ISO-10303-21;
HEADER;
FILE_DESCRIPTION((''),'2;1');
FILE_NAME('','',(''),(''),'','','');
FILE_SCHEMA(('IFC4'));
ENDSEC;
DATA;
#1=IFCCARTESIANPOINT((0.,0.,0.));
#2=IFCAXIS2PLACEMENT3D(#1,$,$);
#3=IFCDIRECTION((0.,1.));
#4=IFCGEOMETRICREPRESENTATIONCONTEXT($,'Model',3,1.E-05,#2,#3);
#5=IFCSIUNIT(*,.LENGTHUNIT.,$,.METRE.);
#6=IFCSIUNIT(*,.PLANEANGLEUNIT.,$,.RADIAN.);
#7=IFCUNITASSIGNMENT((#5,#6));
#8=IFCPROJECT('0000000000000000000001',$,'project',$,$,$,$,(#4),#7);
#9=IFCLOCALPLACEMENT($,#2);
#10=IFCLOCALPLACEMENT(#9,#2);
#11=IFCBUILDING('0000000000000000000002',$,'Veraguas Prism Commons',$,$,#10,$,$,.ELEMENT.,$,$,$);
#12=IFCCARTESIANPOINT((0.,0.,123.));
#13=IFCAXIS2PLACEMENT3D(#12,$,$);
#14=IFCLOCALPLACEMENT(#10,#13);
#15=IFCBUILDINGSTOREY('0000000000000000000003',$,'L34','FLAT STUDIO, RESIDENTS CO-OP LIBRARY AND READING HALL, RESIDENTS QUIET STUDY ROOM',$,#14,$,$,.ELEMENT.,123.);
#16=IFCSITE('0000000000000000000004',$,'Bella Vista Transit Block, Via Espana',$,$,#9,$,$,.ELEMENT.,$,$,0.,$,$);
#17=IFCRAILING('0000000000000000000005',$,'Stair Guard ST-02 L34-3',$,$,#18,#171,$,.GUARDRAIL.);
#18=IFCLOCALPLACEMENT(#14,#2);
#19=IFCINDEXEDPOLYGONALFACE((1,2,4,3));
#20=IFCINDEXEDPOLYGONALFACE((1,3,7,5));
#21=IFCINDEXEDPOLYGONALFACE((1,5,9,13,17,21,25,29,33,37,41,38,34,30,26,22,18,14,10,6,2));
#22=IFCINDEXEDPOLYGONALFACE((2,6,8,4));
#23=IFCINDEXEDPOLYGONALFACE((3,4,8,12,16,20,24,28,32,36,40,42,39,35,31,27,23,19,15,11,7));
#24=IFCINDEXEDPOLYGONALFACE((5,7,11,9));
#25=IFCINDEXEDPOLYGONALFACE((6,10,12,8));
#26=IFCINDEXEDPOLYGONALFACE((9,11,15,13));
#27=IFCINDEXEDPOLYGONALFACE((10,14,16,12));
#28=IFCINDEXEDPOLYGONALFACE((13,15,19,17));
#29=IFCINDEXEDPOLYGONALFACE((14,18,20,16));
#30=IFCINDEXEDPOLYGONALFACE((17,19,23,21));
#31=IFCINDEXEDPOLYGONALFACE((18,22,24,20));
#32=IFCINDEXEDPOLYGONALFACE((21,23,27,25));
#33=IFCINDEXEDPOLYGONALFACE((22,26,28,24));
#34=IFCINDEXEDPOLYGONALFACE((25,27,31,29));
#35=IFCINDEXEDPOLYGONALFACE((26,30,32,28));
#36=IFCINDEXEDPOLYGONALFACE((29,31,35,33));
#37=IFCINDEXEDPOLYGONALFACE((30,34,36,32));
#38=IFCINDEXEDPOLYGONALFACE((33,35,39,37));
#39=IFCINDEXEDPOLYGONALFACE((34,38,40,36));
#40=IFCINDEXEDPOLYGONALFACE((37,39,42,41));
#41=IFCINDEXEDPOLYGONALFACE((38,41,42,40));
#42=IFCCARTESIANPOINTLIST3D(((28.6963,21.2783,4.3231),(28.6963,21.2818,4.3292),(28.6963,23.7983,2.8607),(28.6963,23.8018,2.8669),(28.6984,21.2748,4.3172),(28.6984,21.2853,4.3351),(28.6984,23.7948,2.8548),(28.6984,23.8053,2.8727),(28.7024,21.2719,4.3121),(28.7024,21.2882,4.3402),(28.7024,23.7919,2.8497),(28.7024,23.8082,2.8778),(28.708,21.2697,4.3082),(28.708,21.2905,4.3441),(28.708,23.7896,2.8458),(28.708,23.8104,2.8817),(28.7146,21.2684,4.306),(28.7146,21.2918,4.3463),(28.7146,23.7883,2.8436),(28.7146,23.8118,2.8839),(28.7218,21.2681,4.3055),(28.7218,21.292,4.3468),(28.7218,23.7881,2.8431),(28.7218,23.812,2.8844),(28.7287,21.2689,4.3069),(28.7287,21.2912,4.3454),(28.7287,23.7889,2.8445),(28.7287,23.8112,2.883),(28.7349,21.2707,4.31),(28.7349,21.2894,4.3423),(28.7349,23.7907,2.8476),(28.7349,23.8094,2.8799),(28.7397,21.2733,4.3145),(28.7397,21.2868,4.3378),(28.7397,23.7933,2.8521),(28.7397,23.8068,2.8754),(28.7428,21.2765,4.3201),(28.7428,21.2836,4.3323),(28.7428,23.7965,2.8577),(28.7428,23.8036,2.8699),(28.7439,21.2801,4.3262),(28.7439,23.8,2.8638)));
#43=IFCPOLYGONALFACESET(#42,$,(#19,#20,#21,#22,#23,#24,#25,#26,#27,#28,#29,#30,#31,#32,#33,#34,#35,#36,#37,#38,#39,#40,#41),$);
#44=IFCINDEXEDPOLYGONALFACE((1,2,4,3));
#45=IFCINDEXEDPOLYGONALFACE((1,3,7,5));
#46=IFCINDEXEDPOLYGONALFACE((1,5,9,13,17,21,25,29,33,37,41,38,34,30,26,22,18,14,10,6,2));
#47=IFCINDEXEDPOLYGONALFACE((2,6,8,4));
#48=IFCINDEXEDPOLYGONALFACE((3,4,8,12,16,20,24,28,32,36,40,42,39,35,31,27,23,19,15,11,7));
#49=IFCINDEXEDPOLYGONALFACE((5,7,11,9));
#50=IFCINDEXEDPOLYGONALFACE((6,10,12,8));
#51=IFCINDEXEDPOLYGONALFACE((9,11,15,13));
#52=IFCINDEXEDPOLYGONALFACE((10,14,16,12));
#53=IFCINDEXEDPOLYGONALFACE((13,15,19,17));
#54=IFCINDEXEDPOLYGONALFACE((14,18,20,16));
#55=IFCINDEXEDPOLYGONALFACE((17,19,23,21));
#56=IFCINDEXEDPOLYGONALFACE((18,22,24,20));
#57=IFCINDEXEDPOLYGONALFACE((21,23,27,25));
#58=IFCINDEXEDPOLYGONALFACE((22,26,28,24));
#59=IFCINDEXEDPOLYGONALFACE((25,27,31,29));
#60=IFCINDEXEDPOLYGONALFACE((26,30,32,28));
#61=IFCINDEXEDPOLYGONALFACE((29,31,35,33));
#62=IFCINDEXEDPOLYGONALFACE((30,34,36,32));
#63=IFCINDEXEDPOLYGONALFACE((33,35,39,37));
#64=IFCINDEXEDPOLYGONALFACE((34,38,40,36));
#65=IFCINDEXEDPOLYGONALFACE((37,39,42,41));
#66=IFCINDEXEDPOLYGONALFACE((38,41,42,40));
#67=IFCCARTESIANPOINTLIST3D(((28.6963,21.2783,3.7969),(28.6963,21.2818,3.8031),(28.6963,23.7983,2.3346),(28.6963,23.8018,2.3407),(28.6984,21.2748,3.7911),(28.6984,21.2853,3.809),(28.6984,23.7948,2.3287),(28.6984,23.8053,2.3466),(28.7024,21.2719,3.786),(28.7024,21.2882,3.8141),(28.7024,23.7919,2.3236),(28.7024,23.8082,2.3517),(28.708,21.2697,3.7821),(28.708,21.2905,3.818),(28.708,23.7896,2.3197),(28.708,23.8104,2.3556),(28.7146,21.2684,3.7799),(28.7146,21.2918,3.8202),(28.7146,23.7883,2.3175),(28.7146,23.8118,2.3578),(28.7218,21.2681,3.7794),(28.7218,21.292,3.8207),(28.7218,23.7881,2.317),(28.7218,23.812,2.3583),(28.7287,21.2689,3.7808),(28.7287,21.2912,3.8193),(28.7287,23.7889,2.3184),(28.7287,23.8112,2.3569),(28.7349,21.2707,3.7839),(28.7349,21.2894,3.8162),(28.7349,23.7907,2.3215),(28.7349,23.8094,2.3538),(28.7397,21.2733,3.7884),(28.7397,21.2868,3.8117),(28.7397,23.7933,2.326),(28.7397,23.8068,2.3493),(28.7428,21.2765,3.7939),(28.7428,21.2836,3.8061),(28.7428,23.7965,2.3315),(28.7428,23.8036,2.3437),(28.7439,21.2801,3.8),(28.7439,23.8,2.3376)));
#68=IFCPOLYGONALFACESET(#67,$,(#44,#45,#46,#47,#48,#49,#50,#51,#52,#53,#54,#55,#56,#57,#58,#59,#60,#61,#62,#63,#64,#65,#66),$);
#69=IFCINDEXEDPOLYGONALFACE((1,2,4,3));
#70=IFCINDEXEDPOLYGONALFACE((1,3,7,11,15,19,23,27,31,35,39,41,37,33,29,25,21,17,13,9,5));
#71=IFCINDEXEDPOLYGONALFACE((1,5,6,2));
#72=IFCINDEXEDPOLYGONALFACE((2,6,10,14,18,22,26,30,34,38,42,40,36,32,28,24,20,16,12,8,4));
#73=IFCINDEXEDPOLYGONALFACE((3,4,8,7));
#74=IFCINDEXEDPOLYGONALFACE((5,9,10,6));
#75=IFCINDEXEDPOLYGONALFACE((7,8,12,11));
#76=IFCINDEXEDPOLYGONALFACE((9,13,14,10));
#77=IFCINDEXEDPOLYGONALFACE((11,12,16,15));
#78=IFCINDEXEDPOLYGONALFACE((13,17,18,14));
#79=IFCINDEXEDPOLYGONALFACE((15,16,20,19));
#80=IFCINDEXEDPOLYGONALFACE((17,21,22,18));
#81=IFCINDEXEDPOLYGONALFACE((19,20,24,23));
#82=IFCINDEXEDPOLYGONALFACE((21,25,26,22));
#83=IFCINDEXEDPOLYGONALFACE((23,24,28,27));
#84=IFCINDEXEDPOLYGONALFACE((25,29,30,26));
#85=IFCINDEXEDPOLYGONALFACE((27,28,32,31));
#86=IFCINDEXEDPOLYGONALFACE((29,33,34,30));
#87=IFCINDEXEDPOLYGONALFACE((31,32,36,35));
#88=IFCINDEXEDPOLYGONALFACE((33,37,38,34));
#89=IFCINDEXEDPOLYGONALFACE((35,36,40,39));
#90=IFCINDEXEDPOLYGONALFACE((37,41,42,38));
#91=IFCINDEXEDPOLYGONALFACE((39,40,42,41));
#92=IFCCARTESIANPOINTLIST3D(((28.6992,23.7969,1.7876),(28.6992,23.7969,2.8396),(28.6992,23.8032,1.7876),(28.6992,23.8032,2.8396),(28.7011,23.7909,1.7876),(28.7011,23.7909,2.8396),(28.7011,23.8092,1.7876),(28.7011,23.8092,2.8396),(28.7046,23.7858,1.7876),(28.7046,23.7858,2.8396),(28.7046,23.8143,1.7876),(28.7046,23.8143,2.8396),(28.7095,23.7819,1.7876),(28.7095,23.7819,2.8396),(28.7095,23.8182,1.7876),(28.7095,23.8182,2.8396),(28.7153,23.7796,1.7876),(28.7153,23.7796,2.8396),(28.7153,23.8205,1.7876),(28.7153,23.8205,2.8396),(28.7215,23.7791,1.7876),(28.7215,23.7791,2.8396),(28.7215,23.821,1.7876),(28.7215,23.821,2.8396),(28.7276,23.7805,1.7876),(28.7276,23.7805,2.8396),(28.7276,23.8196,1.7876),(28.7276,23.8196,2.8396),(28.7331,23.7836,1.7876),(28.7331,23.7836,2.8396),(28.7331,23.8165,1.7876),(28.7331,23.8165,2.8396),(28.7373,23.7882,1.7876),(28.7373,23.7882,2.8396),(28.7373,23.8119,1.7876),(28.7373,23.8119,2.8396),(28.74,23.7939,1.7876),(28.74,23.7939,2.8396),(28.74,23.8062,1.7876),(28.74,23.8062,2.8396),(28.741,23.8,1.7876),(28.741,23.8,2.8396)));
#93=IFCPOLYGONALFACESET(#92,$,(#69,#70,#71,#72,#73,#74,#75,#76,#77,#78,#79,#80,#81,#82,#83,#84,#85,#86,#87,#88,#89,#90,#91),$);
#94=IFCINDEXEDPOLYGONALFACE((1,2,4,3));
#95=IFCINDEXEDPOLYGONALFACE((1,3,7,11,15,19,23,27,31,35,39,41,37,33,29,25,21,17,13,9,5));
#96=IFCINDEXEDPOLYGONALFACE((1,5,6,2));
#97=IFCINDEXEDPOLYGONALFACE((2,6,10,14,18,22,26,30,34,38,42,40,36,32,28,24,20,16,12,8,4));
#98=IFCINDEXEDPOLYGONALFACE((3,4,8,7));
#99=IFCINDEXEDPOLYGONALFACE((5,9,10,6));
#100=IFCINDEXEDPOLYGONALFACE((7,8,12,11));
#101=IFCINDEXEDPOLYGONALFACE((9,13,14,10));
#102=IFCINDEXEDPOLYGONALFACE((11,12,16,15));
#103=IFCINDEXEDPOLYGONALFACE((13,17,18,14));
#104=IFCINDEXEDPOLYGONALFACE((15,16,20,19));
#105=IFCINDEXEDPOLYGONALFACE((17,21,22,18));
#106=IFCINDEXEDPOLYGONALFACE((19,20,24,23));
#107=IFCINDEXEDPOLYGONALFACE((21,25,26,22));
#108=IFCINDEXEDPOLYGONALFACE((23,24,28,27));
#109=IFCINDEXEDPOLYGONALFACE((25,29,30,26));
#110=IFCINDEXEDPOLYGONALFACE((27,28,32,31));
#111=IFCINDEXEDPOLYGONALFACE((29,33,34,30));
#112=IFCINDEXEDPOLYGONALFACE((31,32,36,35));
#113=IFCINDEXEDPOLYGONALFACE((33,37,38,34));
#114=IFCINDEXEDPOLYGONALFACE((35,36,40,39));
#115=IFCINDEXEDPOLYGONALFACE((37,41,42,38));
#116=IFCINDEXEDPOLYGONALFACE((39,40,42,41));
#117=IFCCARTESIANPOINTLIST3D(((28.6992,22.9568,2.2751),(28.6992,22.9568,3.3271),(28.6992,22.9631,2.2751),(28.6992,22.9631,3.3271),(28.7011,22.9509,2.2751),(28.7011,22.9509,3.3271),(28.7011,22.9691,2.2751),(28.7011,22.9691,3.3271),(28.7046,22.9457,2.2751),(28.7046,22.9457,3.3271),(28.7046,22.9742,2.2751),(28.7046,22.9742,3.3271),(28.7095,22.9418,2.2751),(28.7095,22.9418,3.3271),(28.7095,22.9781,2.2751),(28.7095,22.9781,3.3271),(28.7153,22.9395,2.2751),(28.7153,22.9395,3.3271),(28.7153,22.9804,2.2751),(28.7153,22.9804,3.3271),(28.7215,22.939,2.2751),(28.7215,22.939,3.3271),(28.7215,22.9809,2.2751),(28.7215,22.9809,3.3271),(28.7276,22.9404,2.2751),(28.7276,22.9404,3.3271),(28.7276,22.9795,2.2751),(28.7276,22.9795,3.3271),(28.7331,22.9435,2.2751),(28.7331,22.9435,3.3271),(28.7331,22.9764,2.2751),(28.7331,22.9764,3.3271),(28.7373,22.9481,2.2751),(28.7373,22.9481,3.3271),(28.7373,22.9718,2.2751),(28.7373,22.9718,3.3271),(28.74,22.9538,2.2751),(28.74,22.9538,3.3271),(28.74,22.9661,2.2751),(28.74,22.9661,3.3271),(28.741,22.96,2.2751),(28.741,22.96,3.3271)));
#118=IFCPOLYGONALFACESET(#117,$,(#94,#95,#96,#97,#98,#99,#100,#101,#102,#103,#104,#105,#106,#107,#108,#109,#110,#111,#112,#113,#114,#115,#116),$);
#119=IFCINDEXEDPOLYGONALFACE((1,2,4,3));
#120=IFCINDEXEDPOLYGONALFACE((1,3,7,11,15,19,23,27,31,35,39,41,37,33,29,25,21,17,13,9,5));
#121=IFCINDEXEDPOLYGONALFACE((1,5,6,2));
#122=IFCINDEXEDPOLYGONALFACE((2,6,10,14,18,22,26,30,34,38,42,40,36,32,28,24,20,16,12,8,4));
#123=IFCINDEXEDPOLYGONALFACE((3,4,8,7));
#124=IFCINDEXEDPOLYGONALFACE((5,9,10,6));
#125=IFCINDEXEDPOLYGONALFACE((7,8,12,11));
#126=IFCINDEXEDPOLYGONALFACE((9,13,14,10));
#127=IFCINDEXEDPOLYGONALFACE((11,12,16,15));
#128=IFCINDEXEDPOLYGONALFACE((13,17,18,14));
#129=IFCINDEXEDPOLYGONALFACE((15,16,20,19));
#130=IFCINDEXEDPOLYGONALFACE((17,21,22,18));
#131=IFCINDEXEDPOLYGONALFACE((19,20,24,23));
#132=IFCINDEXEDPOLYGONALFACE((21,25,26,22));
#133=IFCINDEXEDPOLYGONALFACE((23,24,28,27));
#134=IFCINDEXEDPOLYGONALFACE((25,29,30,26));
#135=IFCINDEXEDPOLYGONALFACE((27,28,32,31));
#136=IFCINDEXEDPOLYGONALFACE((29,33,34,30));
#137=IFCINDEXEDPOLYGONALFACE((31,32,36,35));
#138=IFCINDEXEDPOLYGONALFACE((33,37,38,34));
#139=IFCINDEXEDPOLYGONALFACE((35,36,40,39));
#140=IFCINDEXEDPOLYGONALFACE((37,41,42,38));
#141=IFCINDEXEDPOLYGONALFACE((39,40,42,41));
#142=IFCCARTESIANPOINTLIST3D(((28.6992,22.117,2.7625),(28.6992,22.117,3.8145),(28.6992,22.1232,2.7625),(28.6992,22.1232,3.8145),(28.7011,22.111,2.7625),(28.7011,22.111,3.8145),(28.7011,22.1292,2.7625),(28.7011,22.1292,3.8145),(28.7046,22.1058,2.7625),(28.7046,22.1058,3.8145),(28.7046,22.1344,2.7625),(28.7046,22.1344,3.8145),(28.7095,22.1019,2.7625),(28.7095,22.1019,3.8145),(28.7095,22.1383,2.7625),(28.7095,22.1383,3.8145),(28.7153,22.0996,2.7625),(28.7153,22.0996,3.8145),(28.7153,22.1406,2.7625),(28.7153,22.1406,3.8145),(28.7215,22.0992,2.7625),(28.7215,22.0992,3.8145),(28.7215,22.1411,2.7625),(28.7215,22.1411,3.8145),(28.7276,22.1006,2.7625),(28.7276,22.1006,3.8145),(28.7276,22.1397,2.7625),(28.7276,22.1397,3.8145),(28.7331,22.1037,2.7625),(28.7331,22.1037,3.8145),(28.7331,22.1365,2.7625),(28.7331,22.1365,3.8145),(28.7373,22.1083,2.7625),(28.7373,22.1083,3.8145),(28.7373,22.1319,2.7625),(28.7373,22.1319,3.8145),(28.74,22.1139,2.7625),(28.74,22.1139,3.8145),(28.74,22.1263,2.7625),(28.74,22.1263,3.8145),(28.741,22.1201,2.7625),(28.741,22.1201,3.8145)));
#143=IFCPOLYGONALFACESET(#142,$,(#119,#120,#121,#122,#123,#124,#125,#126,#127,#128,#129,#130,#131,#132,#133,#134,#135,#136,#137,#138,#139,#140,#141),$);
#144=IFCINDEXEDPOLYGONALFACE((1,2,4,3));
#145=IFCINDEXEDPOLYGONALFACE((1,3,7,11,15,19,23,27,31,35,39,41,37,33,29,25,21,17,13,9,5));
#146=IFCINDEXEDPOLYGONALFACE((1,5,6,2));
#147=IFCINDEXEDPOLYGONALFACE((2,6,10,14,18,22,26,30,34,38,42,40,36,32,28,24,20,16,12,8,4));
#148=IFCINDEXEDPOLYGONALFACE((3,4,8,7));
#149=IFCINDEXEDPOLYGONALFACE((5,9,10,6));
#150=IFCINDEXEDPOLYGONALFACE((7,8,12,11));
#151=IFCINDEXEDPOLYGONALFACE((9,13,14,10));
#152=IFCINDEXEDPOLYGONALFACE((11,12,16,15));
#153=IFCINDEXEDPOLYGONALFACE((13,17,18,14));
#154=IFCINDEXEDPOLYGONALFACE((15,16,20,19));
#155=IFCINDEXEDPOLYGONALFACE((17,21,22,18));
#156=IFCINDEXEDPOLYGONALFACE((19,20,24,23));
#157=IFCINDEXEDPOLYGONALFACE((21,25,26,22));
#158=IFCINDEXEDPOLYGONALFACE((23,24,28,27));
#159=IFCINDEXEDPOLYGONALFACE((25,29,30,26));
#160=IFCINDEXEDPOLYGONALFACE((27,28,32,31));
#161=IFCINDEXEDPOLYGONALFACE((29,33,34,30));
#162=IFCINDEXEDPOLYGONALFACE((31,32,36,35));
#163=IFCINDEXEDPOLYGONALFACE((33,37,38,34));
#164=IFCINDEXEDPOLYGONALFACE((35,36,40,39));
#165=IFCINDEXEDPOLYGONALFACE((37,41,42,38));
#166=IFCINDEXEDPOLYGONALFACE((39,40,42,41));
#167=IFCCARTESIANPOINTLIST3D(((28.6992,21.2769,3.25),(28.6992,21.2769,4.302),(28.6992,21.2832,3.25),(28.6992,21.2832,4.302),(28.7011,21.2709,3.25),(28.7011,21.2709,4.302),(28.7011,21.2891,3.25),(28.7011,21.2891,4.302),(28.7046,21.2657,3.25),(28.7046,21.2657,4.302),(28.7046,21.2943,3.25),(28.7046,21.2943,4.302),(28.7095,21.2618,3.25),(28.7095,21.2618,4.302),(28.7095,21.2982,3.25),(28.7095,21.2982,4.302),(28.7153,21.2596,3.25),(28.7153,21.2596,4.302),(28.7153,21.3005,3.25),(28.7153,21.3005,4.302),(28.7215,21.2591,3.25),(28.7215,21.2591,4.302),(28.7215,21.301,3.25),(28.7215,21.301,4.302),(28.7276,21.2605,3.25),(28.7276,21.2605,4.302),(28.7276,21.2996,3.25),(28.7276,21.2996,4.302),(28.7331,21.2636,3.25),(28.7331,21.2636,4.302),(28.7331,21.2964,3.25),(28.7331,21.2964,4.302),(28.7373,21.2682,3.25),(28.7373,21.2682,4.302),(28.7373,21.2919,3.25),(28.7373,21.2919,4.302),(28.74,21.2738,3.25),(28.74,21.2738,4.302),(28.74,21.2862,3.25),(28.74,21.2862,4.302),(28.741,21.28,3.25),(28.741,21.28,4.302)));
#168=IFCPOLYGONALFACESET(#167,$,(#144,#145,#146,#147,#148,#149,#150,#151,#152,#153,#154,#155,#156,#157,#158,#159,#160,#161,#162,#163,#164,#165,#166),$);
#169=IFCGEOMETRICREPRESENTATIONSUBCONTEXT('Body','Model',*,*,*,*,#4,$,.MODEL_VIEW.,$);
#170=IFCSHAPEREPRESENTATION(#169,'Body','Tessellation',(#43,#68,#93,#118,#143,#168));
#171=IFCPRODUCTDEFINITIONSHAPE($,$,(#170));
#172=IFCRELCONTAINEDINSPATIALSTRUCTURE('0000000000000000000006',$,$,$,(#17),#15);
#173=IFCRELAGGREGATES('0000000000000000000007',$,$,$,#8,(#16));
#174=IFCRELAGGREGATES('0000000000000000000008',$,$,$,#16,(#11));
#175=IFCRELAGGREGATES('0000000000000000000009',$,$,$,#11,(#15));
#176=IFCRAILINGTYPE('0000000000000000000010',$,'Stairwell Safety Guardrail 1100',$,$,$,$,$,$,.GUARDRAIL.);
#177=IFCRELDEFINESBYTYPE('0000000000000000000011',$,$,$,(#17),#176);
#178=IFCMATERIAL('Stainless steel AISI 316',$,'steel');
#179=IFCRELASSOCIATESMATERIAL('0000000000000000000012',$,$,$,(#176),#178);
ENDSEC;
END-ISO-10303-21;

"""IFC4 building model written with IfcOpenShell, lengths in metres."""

from ifc_helpers import new_model, si_unit, direction, frame, origin, origin_2d, place, context, subcontext, project, spatial, circle, extrude, material, type_object, element, save


model = new_model("IFC4")

# Units and contexts
model_context = context("Model", 3, precision=1e-05, world=origin(), true_north=direction((0.0, 1.0)))
body_context = subcontext(model_context, "Body", "Model", "MODEL_VIEW")
ifc_project = project(units=[si_unit("LENGTHUNIT", "METRE"), si_unit("PLANEANGLEUNIT", "RADIAN")], contexts=[model_context])

# Site, building, storey
site_placement = place(None, origin())
site = spatial("IfcSite", under=ifc_project, at=site_placement, Name="Bella Vista Transit Block, Via Espana", CompositionType="ELEMENT", RefElevation=0.0)
building_placement = place(site_placement, origin())
building = spatial("IfcBuilding", under=site, at=building_placement, Name="Veraguas Prism Commons", CompositionType="ELEMENT")
storey_placement = place(building_placement, frame((0.0, 0.0, 123.0)))
storey = spatial("IfcBuildingStorey", under=building, at=storey_placement, Name="L34", Description="FLAT STUDIO, RESIDENTS CO-OP LIBRARY AND READING HALL, RESIDENTS QUIET STUDY ROOM", CompositionType="ELEMENT", Elevation=123.0)

# Shared definitions
ifc_material_1 = material(Name="Stainless steel AISI 316", Category="steel")

# Railing
railing_type_1 = type_object("IfcRailingType", Name="Stairwell Safety Guardrail 1100", PredefinedType="GUARDRAIL", material=ifc_material_1)
railing_1_placement = place(storey_placement, frame((28.72, 23.8, 1.7876)))
element("IfcRailing", 1, at=railing_1_placement, inside=storey, type_object=railing_type_1, Name="Stair Guard ST-02 L34-3", PredefinedType="GUARDRAIL", context=body_context, shape_type="SweptSolid", body=[
    extrude(circle(Radius=0.0239, at=origin_2d()), frame((0.0, 0.0, 1.0762), z_axis=(0.0, -0.864913, 0.501921), x_axis=(1.0, 0.0, 0.0)), (0.0, 0.0, 1.0), 2.9136),
    extrude(circle(Radius=0.0239, at=origin_2d()), frame((0.0, 0.0, 0.55), z_axis=(0.0, -0.864913, 0.501921), x_axis=(1.0, 0.0, 0.0)), (0.0, 0.0, 1.0), 2.9136),
    extrude(circle(Radius=0.021, at=origin_2d()), origin(), (0.0, 0.0, 1.0), 1.052),
    extrude(circle(Radius=0.021, at=origin_2d()), frame((0.0, -0.8401, 0.4875)), (0.0, 0.0, 1.0), 1.052),
    extrude(circle(Radius=0.021, at=origin_2d()), frame((0.0, -1.6799, 0.9749)), (0.0, 0.0, 1.0), 1.052),
    extrude(circle(Radius=0.021, at=origin_2d()), frame((0.0, -2.52, 1.4624)), (0.0, 0.0, 1.0), 1.052),
])

save(model, "model.ifc")
